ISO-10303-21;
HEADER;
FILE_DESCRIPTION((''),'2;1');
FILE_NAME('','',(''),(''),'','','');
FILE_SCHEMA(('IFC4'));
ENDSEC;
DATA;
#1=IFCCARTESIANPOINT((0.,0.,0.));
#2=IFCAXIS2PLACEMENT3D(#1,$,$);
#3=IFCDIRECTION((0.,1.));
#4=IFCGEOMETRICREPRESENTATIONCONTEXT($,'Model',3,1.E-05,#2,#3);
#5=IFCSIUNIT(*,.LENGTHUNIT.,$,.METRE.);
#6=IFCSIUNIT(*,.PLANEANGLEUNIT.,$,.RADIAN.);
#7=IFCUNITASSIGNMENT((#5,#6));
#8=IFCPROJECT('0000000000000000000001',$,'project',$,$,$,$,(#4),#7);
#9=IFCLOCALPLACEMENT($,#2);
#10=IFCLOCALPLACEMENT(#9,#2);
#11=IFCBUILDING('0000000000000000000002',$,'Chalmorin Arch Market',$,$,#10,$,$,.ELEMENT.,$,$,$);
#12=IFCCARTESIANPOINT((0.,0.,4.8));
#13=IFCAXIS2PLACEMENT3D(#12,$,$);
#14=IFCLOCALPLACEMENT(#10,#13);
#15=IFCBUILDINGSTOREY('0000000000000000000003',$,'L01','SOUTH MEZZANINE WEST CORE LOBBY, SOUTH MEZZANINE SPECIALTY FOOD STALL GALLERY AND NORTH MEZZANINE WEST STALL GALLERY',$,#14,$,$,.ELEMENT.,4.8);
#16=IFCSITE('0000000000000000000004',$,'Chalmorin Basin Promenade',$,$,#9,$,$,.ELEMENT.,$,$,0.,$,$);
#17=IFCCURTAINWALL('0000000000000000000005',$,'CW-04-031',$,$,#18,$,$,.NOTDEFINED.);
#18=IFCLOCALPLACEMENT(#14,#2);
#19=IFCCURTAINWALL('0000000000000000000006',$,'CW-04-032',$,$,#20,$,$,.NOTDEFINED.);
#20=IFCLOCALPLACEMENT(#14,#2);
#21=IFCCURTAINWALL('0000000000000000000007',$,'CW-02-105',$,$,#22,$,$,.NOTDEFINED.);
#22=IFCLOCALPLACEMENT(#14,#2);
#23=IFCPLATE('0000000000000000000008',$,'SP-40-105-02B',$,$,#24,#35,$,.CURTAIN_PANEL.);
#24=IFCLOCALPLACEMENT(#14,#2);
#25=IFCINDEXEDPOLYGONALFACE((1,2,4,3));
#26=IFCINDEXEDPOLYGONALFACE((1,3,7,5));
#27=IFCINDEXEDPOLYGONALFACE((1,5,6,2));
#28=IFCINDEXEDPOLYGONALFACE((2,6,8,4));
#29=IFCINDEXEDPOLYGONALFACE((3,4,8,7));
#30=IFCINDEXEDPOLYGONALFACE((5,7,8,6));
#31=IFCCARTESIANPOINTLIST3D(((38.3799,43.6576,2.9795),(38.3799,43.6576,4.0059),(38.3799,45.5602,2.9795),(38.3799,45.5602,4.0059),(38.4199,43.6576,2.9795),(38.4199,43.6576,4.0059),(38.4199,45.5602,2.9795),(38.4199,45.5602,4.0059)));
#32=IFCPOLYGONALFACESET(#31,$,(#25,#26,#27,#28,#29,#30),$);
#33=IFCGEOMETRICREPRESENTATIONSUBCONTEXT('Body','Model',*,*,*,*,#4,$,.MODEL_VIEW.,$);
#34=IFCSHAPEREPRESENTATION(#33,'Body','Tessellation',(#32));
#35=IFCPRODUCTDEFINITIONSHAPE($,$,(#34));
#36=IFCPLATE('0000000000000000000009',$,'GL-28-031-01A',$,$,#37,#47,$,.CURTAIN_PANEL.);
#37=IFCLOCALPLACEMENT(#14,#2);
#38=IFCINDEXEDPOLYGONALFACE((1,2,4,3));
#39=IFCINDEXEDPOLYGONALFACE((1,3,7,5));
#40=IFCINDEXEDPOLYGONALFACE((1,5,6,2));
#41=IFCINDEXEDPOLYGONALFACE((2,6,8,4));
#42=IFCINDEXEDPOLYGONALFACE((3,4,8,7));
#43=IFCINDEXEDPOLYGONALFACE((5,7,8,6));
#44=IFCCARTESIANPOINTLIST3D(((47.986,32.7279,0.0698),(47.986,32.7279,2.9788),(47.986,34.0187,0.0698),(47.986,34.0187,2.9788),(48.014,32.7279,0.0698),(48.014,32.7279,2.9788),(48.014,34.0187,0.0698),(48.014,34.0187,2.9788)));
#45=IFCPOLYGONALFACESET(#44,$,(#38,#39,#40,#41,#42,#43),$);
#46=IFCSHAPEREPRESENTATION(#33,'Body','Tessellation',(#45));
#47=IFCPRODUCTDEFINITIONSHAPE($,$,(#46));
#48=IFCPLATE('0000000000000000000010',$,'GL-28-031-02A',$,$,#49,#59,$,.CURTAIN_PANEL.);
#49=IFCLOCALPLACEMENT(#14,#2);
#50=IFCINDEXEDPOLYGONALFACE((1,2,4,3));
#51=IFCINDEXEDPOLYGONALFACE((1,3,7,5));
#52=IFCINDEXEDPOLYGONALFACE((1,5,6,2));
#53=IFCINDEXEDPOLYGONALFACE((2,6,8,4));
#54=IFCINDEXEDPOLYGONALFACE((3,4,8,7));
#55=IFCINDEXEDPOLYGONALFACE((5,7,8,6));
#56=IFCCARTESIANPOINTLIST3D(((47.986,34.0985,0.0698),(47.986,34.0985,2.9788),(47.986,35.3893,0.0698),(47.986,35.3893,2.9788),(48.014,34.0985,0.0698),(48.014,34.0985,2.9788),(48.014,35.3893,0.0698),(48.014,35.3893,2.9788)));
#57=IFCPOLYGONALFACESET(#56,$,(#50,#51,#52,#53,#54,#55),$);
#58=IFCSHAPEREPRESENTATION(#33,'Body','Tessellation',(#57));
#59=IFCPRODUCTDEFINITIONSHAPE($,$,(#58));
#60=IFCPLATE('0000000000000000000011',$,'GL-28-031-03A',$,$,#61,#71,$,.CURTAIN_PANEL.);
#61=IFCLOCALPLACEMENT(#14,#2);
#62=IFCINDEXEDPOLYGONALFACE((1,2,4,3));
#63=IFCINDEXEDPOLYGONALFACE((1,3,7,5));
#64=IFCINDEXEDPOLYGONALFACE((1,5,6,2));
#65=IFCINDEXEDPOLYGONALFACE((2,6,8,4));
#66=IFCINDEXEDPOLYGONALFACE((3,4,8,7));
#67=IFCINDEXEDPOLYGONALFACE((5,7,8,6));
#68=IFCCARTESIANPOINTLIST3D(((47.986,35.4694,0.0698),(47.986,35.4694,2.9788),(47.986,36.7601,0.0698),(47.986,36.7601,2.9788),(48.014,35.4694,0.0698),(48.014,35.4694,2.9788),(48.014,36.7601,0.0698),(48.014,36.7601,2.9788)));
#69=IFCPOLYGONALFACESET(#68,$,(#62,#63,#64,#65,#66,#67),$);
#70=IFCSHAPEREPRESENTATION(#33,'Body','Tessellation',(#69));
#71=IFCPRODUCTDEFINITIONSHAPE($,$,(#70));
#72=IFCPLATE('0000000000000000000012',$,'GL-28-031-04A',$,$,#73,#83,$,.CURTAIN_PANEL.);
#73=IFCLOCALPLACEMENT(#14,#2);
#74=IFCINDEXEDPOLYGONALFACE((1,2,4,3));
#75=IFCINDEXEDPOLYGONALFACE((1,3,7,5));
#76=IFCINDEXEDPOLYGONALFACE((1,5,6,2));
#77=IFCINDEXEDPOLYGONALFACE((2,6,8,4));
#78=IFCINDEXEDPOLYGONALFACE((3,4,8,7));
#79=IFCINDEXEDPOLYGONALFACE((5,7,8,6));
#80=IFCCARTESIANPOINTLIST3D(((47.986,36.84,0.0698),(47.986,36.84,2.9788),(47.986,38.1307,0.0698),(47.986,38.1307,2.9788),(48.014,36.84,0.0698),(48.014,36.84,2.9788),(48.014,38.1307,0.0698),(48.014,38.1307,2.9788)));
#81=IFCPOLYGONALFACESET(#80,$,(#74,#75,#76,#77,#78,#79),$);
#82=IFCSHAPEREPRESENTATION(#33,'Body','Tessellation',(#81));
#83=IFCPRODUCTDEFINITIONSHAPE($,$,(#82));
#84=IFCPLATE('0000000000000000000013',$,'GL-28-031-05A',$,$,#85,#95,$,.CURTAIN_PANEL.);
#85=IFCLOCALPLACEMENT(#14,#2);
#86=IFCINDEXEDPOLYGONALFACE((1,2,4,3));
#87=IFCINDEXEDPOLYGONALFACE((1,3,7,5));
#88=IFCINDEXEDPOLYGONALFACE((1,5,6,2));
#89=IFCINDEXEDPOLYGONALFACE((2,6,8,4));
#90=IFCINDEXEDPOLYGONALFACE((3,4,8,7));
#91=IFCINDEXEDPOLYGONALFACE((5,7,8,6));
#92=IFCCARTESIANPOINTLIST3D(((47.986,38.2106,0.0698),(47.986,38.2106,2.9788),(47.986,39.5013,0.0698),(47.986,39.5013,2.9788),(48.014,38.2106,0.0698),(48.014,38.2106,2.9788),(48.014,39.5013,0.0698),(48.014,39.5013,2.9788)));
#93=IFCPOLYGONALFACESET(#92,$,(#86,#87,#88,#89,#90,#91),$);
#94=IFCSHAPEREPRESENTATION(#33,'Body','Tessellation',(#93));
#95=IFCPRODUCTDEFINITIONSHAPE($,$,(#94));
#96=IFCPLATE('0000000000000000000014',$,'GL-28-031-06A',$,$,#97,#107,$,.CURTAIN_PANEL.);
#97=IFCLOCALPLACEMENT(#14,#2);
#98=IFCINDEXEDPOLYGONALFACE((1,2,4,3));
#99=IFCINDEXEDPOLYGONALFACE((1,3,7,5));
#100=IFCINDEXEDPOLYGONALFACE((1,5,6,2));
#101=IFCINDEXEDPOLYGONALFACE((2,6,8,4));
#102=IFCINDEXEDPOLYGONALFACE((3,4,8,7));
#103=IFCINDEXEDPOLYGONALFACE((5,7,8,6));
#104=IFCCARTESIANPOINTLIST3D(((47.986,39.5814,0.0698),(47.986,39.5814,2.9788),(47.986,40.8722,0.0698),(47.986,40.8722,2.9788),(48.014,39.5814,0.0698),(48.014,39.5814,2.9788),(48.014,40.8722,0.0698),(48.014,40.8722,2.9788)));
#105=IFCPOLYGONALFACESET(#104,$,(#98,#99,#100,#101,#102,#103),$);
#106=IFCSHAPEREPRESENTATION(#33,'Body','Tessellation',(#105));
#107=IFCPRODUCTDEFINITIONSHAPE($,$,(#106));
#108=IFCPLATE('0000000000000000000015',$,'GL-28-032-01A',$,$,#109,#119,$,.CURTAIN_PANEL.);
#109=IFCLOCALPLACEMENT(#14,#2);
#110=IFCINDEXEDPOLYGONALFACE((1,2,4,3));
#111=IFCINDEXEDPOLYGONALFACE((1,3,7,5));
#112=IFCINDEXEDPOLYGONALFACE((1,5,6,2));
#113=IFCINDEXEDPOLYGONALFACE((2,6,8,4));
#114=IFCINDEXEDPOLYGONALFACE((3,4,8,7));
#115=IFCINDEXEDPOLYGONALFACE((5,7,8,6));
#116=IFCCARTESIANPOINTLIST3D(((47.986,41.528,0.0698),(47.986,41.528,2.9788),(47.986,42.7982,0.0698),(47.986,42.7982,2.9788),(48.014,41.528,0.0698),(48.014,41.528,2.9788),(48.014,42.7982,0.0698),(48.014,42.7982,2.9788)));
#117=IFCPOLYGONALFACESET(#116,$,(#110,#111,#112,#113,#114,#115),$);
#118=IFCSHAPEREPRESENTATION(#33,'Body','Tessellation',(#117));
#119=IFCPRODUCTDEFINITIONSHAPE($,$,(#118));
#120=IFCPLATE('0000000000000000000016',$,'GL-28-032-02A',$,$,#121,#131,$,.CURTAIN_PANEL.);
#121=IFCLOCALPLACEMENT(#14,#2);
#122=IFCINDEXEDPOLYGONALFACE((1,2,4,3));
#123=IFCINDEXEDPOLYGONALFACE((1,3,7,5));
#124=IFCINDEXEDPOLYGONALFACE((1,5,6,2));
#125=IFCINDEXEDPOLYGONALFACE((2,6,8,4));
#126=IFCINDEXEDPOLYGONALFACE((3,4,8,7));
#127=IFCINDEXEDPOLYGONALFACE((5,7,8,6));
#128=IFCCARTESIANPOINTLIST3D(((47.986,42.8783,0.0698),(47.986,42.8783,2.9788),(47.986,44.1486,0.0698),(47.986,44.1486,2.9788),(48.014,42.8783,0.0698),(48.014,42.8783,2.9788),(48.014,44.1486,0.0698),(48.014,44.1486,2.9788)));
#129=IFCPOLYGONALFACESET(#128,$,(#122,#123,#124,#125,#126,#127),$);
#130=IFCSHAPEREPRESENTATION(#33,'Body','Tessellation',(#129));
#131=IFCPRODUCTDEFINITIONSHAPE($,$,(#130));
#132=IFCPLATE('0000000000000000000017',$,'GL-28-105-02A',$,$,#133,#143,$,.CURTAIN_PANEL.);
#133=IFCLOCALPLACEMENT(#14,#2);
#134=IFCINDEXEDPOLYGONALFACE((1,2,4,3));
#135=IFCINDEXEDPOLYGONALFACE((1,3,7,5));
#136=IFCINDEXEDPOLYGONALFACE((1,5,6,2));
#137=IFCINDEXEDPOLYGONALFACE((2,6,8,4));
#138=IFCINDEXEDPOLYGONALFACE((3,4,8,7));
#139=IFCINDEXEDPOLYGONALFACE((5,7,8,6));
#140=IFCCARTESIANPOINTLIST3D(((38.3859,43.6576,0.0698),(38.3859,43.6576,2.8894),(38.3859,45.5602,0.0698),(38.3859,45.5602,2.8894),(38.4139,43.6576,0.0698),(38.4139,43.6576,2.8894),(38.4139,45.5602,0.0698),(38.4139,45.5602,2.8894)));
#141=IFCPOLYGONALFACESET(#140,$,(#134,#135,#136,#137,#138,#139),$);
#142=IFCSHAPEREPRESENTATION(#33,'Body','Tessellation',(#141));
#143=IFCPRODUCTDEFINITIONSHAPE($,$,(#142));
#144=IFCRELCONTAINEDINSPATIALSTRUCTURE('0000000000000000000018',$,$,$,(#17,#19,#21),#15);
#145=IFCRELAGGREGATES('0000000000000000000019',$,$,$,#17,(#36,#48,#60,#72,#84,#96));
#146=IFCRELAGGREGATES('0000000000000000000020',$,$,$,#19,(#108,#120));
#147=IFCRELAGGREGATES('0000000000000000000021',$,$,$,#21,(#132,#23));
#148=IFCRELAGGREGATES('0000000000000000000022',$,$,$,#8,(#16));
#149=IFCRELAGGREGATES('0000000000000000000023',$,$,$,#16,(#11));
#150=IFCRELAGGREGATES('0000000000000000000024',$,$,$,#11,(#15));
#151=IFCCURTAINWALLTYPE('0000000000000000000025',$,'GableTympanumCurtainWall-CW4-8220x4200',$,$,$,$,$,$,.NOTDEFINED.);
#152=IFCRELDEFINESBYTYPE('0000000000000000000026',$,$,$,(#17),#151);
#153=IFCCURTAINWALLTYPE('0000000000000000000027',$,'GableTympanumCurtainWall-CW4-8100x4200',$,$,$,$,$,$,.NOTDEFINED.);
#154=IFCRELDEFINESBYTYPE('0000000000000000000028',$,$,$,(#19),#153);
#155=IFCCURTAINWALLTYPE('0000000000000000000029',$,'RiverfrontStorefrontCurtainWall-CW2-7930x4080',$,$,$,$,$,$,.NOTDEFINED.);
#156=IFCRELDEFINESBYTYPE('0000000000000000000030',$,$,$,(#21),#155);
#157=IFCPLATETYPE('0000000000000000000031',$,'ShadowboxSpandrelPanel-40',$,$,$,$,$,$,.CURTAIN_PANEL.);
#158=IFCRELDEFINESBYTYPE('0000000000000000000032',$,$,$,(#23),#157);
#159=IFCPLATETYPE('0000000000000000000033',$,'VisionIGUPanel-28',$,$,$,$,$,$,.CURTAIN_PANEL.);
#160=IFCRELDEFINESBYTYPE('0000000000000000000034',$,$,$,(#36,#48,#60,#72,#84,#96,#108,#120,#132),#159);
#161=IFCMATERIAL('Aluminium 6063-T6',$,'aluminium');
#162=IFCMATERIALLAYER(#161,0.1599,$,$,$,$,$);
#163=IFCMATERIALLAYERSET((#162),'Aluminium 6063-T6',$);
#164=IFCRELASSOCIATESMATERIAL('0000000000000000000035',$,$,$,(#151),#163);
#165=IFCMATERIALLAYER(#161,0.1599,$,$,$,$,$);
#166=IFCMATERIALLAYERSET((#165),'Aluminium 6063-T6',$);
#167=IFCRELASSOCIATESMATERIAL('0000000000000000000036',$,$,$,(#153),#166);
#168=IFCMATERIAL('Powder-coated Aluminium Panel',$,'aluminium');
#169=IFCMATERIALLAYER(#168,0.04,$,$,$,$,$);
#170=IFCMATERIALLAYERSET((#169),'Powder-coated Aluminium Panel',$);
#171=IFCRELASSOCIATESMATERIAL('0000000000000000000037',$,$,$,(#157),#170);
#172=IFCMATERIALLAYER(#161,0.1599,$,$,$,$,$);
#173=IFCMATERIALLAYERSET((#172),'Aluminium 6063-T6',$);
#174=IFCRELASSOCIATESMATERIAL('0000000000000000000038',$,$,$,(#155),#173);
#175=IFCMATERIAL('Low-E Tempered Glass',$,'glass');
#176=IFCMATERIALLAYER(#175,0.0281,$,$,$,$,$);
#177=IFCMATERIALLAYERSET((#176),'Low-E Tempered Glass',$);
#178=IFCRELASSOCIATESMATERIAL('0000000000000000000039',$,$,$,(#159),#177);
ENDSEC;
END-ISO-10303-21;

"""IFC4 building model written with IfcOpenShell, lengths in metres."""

from ifc_helpers import new_model, si_unit, direction, frame, origin, origin_2d, place, context, subcontext, project, spatial, rectangle, extrude, material, layer, layer_set, type_object, element, aggregate, save


model = new_model("IFC4")

# Units and contexts
model_context = context("Model", 3, precision=1e-05, world=origin(), true_north=direction((0.0, 1.0)))
body_context = subcontext(model_context, "Body", "Model", "MODEL_VIEW")
ifc_project = project(units=[si_unit("LENGTHUNIT", "METRE"), si_unit("PLANEANGLEUNIT", "RADIAN")], contexts=[model_context])

# Site, building, storey
site_placement = place(None, origin())
site = spatial("IfcSite", under=ifc_project, at=site_placement, Name="Chalmorin Basin Promenade", CompositionType="ELEMENT", RefElevation=0.0)
building_placement = place(site_placement, origin())
building = spatial("IfcBuilding", under=site, at=building_placement, Name="Chalmorin Arch Market", CompositionType="ELEMENT")
storey_placement = place(building_placement, frame((0.0, 0.0, 4.8)))
storey = spatial("IfcBuildingStorey", under=building, at=storey_placement, Name="L01", Description="SOUTH MEZZANINE WEST CORE LOBBY, SOUTH MEZZANINE SPECIALTY FOOD STALL GALLERY AND NORTH MEZZANINE WEST STALL GALLERY", CompositionType="ELEMENT", Elevation=4.8)

# Curtain walls
ifc_material_1 = material(Name="Aluminium 6063-T6", Category="aluminium")
ifc_layer_1 = layer(ifc_material_1, 0.1599)
ifc_layer_set_1 = layer_set([ifc_layer_1], Name="Aluminium 6063-T6")
curtain_wall_type_1 = type_object("IfcCurtainWallType", Name="GableTympanumCurtainWall-CW4-8220x4200", PredefinedType="NOTDEFINED", material=ifc_layer_set_1)
curtain_wall_1_placement = place(storey_placement, origin())
curtain_wall_1 = element("IfcCurtainWall", 1, at=curtain_wall_1_placement, inside=storey, type_object=curtain_wall_type_1, Name="CW-04-031", PredefinedType="NOTDEFINED")
ifc_layer_2 = layer(ifc_material_1, 0.1599)
ifc_layer_set_2 = layer_set([ifc_layer_2], Name="Aluminium 6063-T6")
curtain_wall_type_2 = type_object("IfcCurtainWallType", Name="GableTympanumCurtainWall-CW4-8100x4200", PredefinedType="NOTDEFINED", material=ifc_layer_set_2)
curtain_wall_2_placement = place(storey_placement, origin())
curtain_wall_2 = element("IfcCurtainWall", 2, at=curtain_wall_2_placement, inside=storey, type_object=curtain_wall_type_2, Name="CW-04-032", PredefinedType="NOTDEFINED")

# Shared definitions
ifc_material_2 = material(Name="Powder-coated Aluminium Panel", Category="aluminium")
ifc_layer_3 = layer(ifc_material_2, 0.04)
ifc_layer_set_3 = layer_set([ifc_layer_3], Name="Powder-coated Aluminium Panel")
plate_type_1 = type_object("IfcPlateType", Name="ShadowboxSpandrelPanel-40", PredefinedType="CURTAIN_PANEL", material=ifc_layer_set_3)

# Curtain wall, plate
ifc_layer_4 = layer(ifc_material_1, 0.1599)
ifc_layer_set_4 = layer_set([ifc_layer_4], Name="Aluminium 6063-T6")
curtain_wall_type_3 = type_object("IfcCurtainWallType", Name="RiverfrontStorefrontCurtainWall-CW2-7930x4080", PredefinedType="NOTDEFINED", material=ifc_layer_set_4)
curtain_wall_3_placement = place(storey_placement, origin())
curtain_wall_3 = element("IfcCurtainWall", 3, at=curtain_wall_3_placement, inside=storey, type_object=curtain_wall_type_3, Name="CW-02-105", PredefinedType="NOTDEFINED")
plate_1_placement = place(storey_placement, frame((38.3999, 44.6089, 2.9795), z_axis=(0.0, 0.0, 1.0), x_axis=(0.0, 1.0, 0.0)))
plate_1 = element("IfcPlate", 4, at=plate_1_placement, type_object=plate_type_1, Name="SP-40-105-02B", PredefinedType="CURTAIN_PANEL", context=body_context, shape_type="SweptSolid", body=[
    extrude(rectangle(XDim=1.9026, YDim=0.04, at=origin_2d()), origin(), (0.0, 0.0, 1.0), 1.0264),
])

# Plates
ifc_material_3 = material(Name="Low-E Tempered Glass", Category="glass")
ifc_layer_5 = layer(ifc_material_3, 0.0281)
ifc_layer_set_5 = layer_set([ifc_layer_5], Name="Low-E Tempered Glass")
plate_type_2 = type_object("IfcPlateType", Name="VisionIGUPanel-28", PredefinedType="CURTAIN_PANEL", material=ifc_layer_set_5)
plate_2_placement = place(storey_placement, frame((48.0, 33.3733, 0.0698), z_axis=(0.0, 0.0, 1.0), x_axis=(0.0, 1.0, 0.0)))
plate_2 = element("IfcPlate", 5, at=plate_2_placement, type_object=plate_type_2, Name="GL-28-031-01A", PredefinedType="CURTAIN_PANEL", context=body_context, shape_type="SweptSolid", body=[
    extrude(rectangle(XDim=1.2908, YDim=0.0281, at=origin_2d()), origin(), (0.0, 0.0, 1.0), 2.9089),
])
plate_3_placement = place(storey_placement, frame((48.0, 34.7439, 0.0698), z_axis=(0.0, 0.0, 1.0), x_axis=(0.0, 1.0, 0.0)))
plate_3 = element("IfcPlate", 6, at=plate_3_placement, type_object=plate_type_2, Name="GL-28-031-02A", PredefinedType="CURTAIN_PANEL", context=body_context, shape_type="SweptSolid", body=[
    extrude(rectangle(XDim=1.2908, YDim=0.0281, at=origin_2d()), origin(), (0.0, 0.0, 1.0), 2.9089),
])
plate_4_placement = place(storey_placement, frame((48.0, 36.1147, 0.0698), z_axis=(0.0, 0.0, 1.0), x_axis=(0.0, 1.0, 0.0)))
plate_4 = element("IfcPlate", 7, at=plate_4_placement, type_object=plate_type_2, Name="GL-28-031-03A", PredefinedType="CURTAIN_PANEL", context=body_context, shape_type="SweptSolid", body=[
    extrude(rectangle(XDim=1.2908, YDim=0.0281, at=origin_2d()), origin(), (0.0, 0.0, 1.0), 2.9089),
])
plate_5_placement = place(storey_placement, frame((48.0, 37.4854, 0.0698), z_axis=(0.0, 0.0, 1.0), x_axis=(0.0, 1.0, 0.0)))
plate_5 = element("IfcPlate", 8, at=plate_5_placement, type_object=plate_type_2, Name="GL-28-031-04A", PredefinedType="CURTAIN_PANEL", context=body_context, shape_type="SweptSolid", body=[
    extrude(rectangle(XDim=1.2908, YDim=0.0281, at=origin_2d()), origin(), (0.0, 0.0, 1.0), 2.9089),
])
plate_6_placement = place(storey_placement, frame((48.0, 38.856, 0.0698), z_axis=(0.0, 0.0, 1.0), x_axis=(0.0, 1.0, 0.0)))
plate_6 = element("IfcPlate", 9, at=plate_6_placement, type_object=plate_type_2, Name="GL-28-031-05A", PredefinedType="CURTAIN_PANEL", context=body_context, shape_type="SweptSolid", body=[
    extrude(rectangle(XDim=1.2908, YDim=0.0281, at=origin_2d()), origin(), (0.0, 0.0, 1.0), 2.9089),
])
plate_7_placement = place(storey_placement, frame((48.0, 40.2268, 0.0698), z_axis=(0.0, 0.0, 1.0), x_axis=(0.0, 1.0, 0.0)))
plate_7 = element("IfcPlate", 10, at=plate_7_placement, type_object=plate_type_2, Name="GL-28-031-06A", PredefinedType="CURTAIN_PANEL", context=body_context, shape_type="SweptSolid", body=[
    extrude(rectangle(XDim=1.2908, YDim=0.0281, at=origin_2d()), origin(), (0.0, 0.0, 1.0), 2.9089),
])
aggregate(curtain_wall_1, [plate_2, plate_3, plate_4, plate_5, plate_6, plate_7])
plate_8_placement = place(storey_placement, frame((48.0, 42.1631, 0.0698), z_axis=(0.0, 0.0, 1.0), x_axis=(0.0, 1.0, 0.0)))
plate_8 = element("IfcPlate", 11, at=plate_8_placement, type_object=plate_type_2, Name="GL-28-032-01A", PredefinedType="CURTAIN_PANEL", context=body_context, shape_type="SweptSolid", body=[
    extrude(rectangle(XDim=1.2703, YDim=0.0281, at=origin_2d()), origin(), (0.0, 0.0, 1.0), 2.9089),
])
plate_9_placement = place(storey_placement, frame((48.0, 43.5134, 0.0698), z_axis=(0.0, 0.0, 1.0), x_axis=(0.0, 1.0, 0.0)))
plate_9 = element("IfcPlate", 12, at=plate_9_placement, type_object=plate_type_2, Name="GL-28-032-02A", PredefinedType="CURTAIN_PANEL", context=body_context, shape_type="SweptSolid", body=[
    extrude(rectangle(XDim=1.2703, YDim=0.0281, at=origin_2d()), origin(), (0.0, 0.0, 1.0), 2.9089),
])
aggregate(curtain_wall_2, [plate_8, plate_9])
plate_10_placement = place(storey_placement, frame((38.3999, 44.6089, 0.0698), z_axis=(0.0, 0.0, 1.0), x_axis=(0.0, 1.0, 0.0)))
plate_10 = element("IfcPlate", 13, at=plate_10_placement, type_object=plate_type_2, Name="GL-28-105-02A", PredefinedType="CURTAIN_PANEL", context=body_context, shape_type="SweptSolid", body=[
    extrude(rectangle(XDim=1.9026, YDim=0.0281, at=origin_2d()), origin(), (0.0, 0.0, 1.0), 2.8196),
])
aggregate(curtain_wall_3, [plate_10, plate_1])

save(model, "model.ifc")
